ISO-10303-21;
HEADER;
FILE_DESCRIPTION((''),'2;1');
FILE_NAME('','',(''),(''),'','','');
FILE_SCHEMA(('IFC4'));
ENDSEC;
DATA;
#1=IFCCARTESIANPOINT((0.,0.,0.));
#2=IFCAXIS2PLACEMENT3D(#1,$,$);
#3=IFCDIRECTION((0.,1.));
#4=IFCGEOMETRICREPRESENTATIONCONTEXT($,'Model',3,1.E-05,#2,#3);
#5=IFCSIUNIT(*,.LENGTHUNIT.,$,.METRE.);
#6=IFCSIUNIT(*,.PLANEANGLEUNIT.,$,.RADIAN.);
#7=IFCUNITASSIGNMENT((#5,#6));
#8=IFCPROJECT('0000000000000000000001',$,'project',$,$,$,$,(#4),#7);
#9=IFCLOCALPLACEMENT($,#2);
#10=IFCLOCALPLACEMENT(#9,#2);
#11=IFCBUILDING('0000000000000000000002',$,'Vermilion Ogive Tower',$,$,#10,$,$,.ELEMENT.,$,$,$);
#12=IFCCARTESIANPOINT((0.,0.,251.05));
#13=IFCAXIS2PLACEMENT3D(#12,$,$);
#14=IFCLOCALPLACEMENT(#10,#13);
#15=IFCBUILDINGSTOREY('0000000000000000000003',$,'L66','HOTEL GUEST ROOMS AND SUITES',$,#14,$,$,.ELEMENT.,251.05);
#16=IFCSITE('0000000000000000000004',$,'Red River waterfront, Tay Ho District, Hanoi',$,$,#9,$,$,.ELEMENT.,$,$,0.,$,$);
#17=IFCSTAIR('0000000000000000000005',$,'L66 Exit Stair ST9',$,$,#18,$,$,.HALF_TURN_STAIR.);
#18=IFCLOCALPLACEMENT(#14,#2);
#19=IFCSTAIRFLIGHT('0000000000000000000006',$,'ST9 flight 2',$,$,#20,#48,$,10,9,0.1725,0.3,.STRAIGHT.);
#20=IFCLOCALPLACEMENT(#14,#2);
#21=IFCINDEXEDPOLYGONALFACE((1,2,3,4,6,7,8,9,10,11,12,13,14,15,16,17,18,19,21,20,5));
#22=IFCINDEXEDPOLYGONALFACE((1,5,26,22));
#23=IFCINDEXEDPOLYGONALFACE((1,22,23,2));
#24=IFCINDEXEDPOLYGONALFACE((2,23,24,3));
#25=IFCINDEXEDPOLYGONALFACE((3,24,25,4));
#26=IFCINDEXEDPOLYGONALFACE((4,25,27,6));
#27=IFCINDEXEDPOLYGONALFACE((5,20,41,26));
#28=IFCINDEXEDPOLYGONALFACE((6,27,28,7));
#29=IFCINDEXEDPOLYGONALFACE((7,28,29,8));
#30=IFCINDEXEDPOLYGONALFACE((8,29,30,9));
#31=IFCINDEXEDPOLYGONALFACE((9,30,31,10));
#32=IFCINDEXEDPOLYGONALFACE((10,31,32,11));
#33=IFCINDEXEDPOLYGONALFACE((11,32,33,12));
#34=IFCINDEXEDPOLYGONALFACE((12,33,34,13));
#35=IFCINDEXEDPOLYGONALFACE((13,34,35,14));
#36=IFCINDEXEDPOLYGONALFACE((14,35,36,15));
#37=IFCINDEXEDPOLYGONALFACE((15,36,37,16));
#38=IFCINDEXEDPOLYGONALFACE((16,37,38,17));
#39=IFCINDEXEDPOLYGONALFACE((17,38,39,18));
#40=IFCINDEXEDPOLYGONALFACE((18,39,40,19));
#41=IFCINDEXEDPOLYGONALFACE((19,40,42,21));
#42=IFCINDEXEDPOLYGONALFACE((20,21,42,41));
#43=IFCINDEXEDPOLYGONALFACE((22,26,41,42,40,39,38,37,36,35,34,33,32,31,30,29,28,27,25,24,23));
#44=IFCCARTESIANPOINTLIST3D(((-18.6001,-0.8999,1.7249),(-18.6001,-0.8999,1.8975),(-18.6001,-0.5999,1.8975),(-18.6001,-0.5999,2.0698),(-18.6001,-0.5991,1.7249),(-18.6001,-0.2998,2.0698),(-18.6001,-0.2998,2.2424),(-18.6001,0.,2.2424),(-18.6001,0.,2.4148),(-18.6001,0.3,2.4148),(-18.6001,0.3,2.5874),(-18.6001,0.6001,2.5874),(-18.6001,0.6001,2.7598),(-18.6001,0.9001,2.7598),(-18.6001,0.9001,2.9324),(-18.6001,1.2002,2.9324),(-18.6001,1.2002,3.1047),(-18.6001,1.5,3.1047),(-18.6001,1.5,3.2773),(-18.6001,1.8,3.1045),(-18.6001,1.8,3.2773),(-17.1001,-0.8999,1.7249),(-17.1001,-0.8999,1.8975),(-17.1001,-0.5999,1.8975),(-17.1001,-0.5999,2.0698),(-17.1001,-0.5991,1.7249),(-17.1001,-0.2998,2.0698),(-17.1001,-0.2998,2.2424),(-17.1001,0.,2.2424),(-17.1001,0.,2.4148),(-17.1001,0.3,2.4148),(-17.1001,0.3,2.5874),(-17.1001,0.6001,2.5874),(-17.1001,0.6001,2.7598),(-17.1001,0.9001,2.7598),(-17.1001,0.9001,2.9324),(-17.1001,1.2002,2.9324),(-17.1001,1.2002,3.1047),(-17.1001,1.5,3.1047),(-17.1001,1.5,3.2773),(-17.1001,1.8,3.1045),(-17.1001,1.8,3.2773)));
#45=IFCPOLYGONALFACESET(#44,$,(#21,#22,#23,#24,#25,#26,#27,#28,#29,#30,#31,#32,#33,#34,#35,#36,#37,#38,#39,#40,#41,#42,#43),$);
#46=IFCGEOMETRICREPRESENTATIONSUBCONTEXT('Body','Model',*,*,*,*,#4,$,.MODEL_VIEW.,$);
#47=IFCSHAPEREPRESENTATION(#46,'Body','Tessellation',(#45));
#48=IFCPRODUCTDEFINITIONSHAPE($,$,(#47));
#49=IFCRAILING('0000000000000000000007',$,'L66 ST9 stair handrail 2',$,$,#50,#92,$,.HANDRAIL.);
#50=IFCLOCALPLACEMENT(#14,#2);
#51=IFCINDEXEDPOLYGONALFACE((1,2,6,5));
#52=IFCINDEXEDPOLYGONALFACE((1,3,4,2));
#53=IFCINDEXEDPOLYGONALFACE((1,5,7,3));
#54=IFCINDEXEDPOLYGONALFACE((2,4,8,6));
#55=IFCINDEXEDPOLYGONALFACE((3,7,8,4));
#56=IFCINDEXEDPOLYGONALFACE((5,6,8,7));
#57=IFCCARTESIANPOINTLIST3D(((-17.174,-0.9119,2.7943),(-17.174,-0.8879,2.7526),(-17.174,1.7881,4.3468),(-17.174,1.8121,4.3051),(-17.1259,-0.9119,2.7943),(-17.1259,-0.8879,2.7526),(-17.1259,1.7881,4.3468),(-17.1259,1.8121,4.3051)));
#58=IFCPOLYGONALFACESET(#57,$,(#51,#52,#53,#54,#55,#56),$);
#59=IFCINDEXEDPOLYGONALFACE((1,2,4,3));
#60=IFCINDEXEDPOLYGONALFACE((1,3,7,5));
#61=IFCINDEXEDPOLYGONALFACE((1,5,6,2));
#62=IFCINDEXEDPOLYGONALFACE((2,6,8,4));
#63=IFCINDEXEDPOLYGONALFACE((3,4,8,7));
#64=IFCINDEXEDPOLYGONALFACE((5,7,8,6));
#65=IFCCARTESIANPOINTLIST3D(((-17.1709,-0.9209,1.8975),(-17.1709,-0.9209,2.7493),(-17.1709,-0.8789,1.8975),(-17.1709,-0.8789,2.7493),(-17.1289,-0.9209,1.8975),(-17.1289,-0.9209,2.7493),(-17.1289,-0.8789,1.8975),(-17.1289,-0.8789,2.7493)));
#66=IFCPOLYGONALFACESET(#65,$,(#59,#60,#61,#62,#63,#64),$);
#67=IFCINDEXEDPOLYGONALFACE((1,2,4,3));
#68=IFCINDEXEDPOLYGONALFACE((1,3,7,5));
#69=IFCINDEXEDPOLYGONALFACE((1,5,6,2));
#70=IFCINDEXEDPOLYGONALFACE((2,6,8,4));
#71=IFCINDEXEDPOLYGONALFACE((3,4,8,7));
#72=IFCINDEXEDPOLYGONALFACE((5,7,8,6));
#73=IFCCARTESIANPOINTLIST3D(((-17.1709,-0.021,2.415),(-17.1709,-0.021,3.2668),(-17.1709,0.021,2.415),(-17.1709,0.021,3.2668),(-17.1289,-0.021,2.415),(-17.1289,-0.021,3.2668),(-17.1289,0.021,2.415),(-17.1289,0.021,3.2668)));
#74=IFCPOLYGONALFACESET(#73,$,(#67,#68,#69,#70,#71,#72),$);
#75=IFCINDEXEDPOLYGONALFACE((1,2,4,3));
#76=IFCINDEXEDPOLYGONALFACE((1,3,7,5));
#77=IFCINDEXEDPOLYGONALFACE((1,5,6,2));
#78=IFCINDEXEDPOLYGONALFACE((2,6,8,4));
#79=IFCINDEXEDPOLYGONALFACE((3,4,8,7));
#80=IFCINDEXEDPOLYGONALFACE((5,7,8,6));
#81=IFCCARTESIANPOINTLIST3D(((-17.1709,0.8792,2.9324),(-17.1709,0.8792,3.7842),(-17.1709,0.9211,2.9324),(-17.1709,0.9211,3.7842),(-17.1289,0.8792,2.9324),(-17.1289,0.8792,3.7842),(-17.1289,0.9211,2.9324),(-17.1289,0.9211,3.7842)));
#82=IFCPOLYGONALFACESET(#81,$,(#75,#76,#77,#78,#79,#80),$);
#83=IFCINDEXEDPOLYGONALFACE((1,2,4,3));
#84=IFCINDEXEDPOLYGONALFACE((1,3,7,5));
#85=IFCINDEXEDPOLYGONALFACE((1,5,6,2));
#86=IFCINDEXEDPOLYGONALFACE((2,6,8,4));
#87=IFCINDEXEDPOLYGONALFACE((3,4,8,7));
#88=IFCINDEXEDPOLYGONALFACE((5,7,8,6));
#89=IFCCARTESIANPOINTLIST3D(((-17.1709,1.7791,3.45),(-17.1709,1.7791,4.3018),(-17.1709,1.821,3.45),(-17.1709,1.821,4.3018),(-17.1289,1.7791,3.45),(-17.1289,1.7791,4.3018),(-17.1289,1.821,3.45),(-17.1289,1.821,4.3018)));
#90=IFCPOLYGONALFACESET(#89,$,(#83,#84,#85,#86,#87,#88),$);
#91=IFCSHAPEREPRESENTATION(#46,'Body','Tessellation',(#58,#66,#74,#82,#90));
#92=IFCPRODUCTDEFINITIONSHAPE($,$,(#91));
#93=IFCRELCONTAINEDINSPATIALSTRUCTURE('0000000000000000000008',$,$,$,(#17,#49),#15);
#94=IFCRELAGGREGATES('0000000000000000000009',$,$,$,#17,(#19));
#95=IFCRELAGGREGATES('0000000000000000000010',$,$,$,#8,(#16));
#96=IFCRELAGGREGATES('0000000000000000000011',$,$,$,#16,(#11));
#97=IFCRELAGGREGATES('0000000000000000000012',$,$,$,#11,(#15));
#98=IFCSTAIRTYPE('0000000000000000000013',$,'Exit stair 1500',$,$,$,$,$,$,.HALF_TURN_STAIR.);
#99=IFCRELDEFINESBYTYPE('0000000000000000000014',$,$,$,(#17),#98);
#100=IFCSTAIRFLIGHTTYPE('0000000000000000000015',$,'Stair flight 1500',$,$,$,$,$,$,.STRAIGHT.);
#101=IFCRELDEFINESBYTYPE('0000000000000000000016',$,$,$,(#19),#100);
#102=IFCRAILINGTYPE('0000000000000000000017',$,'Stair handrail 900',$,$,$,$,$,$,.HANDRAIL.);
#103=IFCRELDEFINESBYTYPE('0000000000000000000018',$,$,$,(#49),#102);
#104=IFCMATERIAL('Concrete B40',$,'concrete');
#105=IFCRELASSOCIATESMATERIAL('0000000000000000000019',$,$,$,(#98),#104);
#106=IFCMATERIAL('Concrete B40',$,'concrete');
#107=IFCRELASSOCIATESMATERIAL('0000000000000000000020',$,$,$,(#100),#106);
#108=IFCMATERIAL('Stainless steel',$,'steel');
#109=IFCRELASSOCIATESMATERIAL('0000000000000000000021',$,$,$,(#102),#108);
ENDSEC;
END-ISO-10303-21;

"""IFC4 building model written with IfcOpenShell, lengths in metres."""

from ifc_helpers import new_model, si_unit, direction, frame, origin, origin_2d, place, context, subcontext, project, spatial, polyline, rectangle, outline, extrude, material, type_object, element, aggregate, save


model = new_model("IFC4")

# Units and contexts
model_context = context("Model", 3, precision=1e-05, world=origin(), true_north=direction((0.0, 1.0)))
body_context = subcontext(model_context, "Body", "Model", "MODEL_VIEW")
ifc_project = project(units=[si_unit("LENGTHUNIT", "METRE"), si_unit("PLANEANGLEUNIT", "RADIAN")], contexts=[model_context])

# Site, building, storey
site_placement = place(None, origin())
site = spatial("IfcSite", under=ifc_project, at=site_placement, Name="Red River waterfront, Tay Ho District, Hanoi", CompositionType="ELEMENT", RefElevation=0.0)
building_placement = place(site_placement, origin())
building = spatial("IfcBuilding", under=site, at=building_placement, Name="Vermilion Ogive Tower", CompositionType="ELEMENT")
storey_placement = place(building_placement, frame((0.0, 0.0, 251.05)))
storey = spatial("IfcBuildingStorey", under=building, at=storey_placement, Name="L66", Description="HOTEL GUEST ROOMS AND SUITES", CompositionType="ELEMENT", Elevation=251.05)

# Stair, stair flight
ifc_material_1 = material(Name="Concrete B40", Category="concrete")
stair_type = type_object("IfcStairType", Name="Exit stair 1500", PredefinedType="HALF_TURN_STAIR", material=ifc_material_1)
stair_placement = place(storey_placement, origin())
stair = element("IfcStair", 1, at=stair_placement, inside=storey, type_object=stair_type, Name="L66 Exit Stair ST9", PredefinedType="HALF_TURN_STAIR")
ifc_material_2 = material(Name="Concrete B40", Category="concrete")
stair_flight_type = type_object("IfcStairFlightType", Name="Stair flight 1500", PredefinedType="STRAIGHT", material=ifc_material_2)
stair_flight_placement = place(storey_placement, frame((-17.8501, -0.8999, 1.7249), z_axis=(0.0, 0.0, 1.0), x_axis=(0.0, 1.0, 0.0)))
stair_flight = element("IfcStairFlight", 2, at=stair_flight_placement, type_object=stair_flight_type, Name="ST9 flight 2", NumberOfRisers=10, NumberOfTreads=9, PredefinedType="STRAIGHT", RiserHeight=0.1725, TreadLength=0.3, context=body_context, shape_type="SweptSolid", body=[
    extrude(outline(polyline([(0.0, 0.0), (0.0, 0.1726), (0.3, 0.1726), (0.3, 0.345), (0.6001, 0.345), (0.6001, 0.5176), (0.8999, 0.5176), (0.8999, 0.6899), (1.2, 0.6899), (1.2, 0.8625), (1.5, 0.8625), (1.5, 1.0349), (1.8, 1.0349), (1.8, 1.2075), (2.1001, 1.2075), (2.1001, 1.3799), (2.3999, 1.3799), (2.3999, 1.5525), (2.7, 1.5525), (2.7, 1.7251), (2.7, 1.3796), (0.3008, 0.0), (0.0, 0.0)])), frame((0.0, 0.75, 0.0), z_axis=(0.0, -1.0, 0.0), x_axis=(1.0, 0.0, 0.0)), (0.0, 0.0, 1.0), 1.5),
])
aggregate(stair, [stair_flight])

# Railing
ifc_material_3 = material(Name="Stainless steel", Category="steel")
railing_type = type_object("IfcRailingType", Name="Stair handrail 900", PredefinedType="HANDRAIL", material=ifc_material_3)
railing_placement = place(storey_placement, frame((-17.1499, -0.8999, 1.8975)))
element("IfcRailing", 3, at=railing_placement, inside=storey, type_object=railing_type, Name="L66 ST9 stair handrail 2", PredefinedType="HANDRAIL", context=body_context, shape_type="SweptSolid", body=[
    extrude(rectangle(XDim=0.0481, YDim=0.0481, at=origin_2d()), frame((0.0, 0.0, 0.876), z_axis=(0.0, 0.866904, 0.498476), x_axis=(-1.0, 0.0, 0.0)), (0.0, 0.0, 1.0), 3.1145),
    extrude(rectangle(XDim=0.042, YDim=0.042, at=origin_2d()), origin(), (0.0, 0.0, 1.0), 0.8518),
    extrude(rectangle(XDim=0.042, YDim=0.042, at=origin_2d()), frame((0.0, 0.8999, 0.5176)), (0.0, 0.0, 1.0), 0.8518),
    extrude(rectangle(XDim=0.042, YDim=0.042, at=origin_2d()), frame((0.0, 1.8, 1.0349)), (0.0, 0.0, 1.0), 0.8518),
    extrude(rectangle(XDim=0.042, YDim=0.042, at=origin_2d()), frame((0.0, 2.7, 1.5525)), (0.0, 0.0, 1.0), 0.8518),
])

save(model, "model.ifc")
